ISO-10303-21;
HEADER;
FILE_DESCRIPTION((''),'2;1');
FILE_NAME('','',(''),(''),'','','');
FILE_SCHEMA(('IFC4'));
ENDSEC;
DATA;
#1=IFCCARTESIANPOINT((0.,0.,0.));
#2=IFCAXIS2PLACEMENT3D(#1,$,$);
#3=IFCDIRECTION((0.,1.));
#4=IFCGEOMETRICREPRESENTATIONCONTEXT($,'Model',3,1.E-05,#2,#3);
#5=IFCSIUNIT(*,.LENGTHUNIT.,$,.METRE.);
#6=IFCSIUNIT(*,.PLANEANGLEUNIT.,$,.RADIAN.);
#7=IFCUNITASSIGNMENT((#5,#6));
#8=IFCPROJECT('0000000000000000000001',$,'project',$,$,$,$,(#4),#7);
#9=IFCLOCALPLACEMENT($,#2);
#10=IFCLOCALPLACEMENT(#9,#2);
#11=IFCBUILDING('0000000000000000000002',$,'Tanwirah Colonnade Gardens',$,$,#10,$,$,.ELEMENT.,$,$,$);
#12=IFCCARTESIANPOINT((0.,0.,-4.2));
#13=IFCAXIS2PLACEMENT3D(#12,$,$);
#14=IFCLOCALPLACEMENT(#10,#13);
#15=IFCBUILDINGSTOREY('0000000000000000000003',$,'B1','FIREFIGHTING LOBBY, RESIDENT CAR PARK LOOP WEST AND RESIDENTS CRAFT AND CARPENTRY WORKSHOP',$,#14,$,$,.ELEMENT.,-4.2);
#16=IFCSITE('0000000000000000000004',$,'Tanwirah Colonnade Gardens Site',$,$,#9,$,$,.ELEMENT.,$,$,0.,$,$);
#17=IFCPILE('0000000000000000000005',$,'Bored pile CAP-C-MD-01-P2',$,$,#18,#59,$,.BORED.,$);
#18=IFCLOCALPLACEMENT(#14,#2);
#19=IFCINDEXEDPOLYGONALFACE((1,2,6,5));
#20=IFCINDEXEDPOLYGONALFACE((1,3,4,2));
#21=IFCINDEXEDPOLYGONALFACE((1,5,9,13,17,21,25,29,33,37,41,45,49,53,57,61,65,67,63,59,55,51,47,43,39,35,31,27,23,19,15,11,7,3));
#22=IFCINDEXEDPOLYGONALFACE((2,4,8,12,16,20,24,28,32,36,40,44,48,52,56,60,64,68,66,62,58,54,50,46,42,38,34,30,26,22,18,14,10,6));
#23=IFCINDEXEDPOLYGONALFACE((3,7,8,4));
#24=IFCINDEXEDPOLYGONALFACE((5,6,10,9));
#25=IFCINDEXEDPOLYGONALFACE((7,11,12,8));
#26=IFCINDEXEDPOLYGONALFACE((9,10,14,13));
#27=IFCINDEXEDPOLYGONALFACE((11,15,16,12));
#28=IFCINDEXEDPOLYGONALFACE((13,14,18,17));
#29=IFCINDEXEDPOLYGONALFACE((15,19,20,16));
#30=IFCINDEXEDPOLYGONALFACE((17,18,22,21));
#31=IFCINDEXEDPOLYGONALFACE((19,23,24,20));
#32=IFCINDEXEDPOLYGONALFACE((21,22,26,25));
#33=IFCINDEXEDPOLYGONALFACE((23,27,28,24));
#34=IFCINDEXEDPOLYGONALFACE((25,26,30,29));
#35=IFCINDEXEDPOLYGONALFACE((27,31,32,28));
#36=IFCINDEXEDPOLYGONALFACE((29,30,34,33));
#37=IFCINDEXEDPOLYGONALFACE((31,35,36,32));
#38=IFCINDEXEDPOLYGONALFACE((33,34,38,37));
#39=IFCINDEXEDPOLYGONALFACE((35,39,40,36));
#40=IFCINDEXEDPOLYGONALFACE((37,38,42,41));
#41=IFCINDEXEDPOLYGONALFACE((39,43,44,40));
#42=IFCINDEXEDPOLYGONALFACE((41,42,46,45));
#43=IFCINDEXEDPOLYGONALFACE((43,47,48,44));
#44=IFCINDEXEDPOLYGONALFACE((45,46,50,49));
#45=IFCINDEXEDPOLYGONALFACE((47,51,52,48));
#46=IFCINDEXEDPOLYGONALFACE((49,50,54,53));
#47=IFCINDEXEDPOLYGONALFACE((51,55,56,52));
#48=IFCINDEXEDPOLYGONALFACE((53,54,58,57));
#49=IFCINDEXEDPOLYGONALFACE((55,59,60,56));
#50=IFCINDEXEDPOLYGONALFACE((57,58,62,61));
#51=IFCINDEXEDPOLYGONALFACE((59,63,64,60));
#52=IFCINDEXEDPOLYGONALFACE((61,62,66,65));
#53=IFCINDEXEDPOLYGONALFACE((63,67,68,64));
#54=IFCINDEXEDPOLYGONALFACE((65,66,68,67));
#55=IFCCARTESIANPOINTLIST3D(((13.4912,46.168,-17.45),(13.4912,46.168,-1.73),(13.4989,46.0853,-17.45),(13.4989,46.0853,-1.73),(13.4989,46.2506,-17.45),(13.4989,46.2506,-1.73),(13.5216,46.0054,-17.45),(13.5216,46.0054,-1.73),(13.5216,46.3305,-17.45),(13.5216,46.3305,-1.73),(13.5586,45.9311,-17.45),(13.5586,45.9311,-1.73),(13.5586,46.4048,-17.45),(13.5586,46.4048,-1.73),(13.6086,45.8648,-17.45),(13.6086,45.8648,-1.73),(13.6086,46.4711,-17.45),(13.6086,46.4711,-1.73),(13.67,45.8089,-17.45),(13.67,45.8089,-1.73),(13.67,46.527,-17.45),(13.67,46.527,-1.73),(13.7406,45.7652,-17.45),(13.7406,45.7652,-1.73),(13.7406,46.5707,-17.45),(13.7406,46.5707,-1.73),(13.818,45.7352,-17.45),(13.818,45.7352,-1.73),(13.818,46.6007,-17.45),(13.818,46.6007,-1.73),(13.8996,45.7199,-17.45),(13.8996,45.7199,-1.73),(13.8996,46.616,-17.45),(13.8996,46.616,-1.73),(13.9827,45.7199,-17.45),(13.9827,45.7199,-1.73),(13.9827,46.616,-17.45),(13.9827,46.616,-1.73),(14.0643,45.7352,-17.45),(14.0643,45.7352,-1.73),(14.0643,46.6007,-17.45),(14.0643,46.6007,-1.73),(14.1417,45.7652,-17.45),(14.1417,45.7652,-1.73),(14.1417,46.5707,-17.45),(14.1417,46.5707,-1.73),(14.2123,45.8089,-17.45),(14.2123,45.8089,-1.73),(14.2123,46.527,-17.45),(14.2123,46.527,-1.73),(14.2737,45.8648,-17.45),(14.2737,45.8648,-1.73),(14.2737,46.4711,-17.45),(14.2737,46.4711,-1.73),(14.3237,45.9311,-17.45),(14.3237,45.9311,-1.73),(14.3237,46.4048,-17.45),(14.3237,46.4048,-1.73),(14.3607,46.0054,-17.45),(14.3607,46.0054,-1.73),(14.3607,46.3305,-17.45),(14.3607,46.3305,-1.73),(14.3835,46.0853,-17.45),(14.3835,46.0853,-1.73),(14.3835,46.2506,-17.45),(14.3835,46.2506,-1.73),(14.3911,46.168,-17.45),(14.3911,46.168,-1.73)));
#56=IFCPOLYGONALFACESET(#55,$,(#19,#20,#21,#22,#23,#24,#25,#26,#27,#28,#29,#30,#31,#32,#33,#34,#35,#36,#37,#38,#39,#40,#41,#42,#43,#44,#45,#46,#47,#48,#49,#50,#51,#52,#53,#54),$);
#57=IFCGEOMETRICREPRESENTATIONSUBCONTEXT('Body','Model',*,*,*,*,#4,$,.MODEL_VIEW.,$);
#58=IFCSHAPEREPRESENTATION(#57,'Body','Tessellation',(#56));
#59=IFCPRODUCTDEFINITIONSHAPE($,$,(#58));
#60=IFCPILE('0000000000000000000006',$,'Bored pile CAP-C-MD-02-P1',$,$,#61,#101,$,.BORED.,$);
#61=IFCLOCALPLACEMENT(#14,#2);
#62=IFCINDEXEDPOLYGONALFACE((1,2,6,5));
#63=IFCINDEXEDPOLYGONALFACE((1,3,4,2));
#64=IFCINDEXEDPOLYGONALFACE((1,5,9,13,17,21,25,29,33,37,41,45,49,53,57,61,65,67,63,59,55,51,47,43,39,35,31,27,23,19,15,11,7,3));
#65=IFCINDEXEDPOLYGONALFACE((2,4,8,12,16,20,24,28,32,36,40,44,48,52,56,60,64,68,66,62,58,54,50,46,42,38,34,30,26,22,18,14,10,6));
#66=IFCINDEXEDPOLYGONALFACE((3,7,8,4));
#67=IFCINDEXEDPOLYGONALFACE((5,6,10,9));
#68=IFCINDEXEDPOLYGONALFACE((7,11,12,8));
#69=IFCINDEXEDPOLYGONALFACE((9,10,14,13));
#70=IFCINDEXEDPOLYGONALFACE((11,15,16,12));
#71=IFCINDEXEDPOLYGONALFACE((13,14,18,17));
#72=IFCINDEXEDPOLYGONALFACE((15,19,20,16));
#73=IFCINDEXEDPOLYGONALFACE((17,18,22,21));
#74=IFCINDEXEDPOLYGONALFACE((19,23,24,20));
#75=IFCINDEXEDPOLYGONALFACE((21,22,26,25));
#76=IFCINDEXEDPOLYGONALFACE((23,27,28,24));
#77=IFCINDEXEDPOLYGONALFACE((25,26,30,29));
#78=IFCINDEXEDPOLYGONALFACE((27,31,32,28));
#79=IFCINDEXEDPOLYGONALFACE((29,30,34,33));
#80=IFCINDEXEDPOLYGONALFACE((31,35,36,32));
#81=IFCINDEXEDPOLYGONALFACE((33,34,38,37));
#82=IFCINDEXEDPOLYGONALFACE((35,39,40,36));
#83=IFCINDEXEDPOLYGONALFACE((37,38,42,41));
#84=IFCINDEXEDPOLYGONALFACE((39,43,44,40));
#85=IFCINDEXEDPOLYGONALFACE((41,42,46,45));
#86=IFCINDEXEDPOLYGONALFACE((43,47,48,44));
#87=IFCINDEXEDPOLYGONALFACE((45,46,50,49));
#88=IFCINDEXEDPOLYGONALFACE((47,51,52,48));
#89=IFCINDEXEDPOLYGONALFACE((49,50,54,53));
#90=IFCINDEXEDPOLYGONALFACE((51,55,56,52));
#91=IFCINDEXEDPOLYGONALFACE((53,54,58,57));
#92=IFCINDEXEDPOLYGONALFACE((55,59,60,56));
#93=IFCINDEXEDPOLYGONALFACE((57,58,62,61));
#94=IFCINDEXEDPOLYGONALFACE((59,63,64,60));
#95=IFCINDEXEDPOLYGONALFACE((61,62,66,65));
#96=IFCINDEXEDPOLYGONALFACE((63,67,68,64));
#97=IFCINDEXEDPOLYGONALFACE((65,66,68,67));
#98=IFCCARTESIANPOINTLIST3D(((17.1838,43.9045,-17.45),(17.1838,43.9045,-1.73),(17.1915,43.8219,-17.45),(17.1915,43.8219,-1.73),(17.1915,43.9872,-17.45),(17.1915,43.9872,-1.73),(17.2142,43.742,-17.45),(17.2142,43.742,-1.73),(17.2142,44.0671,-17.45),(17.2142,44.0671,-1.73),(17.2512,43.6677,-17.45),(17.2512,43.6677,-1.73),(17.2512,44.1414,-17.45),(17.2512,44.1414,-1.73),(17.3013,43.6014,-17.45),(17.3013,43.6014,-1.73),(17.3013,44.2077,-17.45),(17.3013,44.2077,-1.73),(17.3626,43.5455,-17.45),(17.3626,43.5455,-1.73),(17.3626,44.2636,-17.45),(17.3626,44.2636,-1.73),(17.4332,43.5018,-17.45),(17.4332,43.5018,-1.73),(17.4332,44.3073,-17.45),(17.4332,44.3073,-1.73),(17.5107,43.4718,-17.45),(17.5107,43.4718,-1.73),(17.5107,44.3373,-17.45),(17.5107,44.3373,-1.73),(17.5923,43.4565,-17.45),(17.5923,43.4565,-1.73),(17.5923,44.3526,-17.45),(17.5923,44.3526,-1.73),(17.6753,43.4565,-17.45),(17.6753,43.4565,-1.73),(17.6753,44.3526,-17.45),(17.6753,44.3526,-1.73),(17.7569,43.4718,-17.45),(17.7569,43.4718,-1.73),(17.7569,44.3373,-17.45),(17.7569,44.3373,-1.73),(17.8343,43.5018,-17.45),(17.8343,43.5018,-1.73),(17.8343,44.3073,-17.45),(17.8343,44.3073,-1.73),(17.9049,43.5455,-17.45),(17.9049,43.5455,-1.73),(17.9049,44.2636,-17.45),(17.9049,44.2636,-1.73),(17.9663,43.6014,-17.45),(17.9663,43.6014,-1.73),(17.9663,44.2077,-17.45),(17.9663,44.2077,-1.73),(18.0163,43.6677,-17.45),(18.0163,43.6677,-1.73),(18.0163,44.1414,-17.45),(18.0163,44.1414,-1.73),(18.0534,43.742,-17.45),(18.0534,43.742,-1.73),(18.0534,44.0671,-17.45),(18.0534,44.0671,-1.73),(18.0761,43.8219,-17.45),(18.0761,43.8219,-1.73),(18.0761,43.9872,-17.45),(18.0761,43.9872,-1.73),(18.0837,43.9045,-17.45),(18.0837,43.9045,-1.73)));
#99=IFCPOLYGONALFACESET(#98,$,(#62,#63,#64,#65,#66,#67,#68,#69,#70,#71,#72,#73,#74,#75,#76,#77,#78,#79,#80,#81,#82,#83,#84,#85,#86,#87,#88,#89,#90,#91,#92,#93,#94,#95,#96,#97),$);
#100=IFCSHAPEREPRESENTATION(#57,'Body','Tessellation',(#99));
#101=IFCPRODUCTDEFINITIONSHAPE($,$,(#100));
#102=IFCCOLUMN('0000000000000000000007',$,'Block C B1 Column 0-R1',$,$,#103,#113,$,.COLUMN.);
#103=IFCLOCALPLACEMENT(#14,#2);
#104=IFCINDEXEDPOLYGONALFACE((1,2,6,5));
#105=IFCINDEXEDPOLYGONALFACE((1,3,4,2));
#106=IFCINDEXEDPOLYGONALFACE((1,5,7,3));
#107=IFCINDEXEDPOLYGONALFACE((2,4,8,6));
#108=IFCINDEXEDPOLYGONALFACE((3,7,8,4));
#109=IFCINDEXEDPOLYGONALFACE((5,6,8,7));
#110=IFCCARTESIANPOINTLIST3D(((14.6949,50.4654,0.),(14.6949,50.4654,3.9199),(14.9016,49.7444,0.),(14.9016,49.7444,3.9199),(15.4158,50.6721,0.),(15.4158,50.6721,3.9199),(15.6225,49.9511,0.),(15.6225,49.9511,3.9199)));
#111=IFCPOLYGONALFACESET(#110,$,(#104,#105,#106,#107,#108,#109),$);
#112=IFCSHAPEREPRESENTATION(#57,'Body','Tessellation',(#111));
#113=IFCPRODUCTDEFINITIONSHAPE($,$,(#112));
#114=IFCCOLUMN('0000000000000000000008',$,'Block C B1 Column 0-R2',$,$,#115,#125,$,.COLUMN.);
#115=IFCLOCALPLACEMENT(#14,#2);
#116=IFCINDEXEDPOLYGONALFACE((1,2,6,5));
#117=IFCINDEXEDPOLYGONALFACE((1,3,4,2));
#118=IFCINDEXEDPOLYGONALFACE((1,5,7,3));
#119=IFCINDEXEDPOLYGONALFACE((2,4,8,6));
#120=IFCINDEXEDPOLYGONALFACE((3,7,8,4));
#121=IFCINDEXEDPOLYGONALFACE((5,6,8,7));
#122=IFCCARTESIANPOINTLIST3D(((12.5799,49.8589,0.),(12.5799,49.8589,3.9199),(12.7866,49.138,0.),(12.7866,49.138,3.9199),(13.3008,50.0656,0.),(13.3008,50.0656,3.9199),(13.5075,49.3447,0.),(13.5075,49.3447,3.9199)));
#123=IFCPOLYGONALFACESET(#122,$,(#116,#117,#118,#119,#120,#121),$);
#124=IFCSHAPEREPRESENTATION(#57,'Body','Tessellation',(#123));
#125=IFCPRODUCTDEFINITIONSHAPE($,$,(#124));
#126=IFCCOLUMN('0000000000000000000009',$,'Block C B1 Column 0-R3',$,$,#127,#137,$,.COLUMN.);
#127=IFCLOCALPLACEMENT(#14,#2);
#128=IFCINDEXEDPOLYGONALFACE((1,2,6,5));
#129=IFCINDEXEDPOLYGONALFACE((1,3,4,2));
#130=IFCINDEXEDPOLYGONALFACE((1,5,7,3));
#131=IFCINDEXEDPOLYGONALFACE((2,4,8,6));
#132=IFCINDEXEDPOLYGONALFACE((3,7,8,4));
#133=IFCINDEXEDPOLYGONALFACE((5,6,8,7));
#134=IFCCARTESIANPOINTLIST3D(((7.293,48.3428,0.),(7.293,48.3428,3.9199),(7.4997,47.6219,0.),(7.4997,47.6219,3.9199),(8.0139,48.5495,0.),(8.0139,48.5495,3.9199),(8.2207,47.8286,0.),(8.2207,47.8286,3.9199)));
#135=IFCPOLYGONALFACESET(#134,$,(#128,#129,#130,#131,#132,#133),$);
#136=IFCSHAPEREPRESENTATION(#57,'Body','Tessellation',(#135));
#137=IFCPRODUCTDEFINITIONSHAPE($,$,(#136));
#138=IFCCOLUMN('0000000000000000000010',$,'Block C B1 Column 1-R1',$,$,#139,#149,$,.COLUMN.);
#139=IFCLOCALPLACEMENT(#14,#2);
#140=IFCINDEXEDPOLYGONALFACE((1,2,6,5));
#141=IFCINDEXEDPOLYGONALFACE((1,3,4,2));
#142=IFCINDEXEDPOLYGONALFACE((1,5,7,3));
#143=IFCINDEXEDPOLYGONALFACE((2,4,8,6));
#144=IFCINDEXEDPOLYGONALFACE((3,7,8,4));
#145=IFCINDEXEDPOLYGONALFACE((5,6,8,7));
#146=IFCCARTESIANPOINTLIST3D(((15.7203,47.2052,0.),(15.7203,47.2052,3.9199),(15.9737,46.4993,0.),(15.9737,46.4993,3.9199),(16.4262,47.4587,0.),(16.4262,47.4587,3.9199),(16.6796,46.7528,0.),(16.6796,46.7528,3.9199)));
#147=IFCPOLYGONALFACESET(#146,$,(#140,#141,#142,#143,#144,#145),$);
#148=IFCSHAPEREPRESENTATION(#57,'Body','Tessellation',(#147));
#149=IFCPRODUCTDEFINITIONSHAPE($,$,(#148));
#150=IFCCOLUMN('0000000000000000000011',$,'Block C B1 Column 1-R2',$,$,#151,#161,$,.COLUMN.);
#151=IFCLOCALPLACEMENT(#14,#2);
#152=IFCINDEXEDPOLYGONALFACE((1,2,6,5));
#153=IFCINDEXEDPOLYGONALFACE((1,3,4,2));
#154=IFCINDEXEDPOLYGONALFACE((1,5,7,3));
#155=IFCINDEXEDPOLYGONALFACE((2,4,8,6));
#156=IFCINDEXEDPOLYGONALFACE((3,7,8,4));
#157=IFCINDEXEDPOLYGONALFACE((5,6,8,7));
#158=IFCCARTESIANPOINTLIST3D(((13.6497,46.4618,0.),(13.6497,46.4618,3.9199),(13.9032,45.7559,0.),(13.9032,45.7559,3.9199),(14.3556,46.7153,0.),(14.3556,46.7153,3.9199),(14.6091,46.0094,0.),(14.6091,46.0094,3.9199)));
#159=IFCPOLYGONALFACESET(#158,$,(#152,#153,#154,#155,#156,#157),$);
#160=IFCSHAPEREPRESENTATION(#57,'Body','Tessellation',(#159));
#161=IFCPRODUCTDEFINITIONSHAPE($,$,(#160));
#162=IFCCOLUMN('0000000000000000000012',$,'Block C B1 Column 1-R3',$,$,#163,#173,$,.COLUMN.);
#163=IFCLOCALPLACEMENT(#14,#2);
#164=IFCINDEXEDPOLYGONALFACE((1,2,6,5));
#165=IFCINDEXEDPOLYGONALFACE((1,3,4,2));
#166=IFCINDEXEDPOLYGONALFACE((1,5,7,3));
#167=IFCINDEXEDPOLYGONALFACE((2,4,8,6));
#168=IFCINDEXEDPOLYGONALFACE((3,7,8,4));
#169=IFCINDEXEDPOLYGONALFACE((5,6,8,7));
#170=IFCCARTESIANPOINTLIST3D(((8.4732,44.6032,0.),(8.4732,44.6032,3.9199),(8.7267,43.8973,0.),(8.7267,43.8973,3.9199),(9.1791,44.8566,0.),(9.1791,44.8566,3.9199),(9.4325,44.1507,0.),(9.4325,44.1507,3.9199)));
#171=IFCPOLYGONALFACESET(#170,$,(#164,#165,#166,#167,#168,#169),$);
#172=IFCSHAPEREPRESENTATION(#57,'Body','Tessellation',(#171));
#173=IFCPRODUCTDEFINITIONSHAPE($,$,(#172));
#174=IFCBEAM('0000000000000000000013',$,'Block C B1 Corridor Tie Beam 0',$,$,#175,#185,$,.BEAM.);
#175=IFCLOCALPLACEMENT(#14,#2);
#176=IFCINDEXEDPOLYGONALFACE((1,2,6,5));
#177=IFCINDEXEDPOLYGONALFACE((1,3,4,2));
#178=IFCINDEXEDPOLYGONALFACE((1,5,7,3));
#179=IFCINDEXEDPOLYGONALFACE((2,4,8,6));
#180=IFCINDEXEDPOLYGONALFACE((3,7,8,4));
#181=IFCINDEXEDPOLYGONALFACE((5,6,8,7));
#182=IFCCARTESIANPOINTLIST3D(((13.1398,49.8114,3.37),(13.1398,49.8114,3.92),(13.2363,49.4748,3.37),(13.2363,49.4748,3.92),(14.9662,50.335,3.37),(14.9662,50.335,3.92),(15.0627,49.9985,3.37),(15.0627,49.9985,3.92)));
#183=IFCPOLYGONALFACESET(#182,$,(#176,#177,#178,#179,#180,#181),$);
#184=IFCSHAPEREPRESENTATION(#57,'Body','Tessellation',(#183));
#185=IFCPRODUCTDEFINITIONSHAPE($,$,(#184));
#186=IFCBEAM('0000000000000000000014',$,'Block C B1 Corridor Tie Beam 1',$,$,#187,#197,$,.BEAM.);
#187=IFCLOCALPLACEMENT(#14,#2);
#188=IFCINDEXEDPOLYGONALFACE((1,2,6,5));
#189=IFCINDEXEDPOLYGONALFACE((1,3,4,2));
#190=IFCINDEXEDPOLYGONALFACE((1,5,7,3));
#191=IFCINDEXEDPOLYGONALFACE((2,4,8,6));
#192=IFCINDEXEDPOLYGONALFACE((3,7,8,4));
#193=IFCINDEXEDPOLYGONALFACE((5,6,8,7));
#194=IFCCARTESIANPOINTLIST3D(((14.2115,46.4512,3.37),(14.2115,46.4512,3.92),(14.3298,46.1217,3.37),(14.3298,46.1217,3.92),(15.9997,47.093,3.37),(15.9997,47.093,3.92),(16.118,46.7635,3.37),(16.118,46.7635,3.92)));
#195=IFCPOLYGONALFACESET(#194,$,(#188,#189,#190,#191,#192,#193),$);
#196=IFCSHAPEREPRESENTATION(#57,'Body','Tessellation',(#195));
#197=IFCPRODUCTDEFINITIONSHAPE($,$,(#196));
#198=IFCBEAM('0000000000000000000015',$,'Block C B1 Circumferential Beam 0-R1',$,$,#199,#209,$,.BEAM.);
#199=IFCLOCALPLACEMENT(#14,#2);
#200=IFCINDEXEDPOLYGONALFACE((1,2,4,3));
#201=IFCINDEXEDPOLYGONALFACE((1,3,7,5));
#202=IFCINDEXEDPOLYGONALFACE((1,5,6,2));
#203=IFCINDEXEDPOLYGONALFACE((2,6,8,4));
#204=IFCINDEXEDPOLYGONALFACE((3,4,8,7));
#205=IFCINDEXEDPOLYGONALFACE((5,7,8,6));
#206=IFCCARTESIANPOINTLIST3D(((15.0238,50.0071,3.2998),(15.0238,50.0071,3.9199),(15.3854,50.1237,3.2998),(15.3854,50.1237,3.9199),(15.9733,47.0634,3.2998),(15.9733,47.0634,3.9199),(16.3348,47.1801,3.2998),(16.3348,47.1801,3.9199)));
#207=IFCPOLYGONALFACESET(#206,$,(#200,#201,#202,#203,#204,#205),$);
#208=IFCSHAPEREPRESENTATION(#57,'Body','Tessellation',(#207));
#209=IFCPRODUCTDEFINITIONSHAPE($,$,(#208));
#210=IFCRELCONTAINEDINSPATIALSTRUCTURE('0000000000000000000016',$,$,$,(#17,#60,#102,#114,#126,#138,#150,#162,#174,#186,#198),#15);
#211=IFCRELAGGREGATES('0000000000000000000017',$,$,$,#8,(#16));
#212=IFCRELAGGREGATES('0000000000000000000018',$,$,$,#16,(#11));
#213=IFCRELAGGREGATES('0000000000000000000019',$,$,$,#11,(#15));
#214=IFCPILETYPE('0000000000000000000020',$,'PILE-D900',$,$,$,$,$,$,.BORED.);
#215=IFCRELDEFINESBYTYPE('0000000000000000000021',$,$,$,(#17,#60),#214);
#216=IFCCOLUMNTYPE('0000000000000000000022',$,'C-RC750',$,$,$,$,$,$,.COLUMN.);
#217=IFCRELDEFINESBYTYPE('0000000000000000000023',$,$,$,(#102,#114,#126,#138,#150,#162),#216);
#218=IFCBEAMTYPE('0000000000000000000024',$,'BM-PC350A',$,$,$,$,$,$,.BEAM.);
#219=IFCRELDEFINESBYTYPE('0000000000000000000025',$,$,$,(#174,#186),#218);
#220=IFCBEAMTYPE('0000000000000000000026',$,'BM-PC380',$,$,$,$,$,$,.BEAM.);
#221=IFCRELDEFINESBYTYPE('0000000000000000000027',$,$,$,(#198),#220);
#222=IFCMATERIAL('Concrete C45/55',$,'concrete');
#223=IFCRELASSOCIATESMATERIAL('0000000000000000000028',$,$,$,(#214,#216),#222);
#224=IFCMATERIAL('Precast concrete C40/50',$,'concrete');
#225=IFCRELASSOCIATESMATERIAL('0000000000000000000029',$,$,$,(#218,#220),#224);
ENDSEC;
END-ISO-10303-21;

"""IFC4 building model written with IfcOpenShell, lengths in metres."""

from ifc_helpers import new_model, si_unit, direction, frame, origin, origin_2d, place, context, subcontext, project, spatial, rectangle, circle, extrude, material, material_profile, profile_set, type_object, element, save


model = new_model("IFC4")

# Units and contexts
model_context = context("Model", 3, precision=1e-05, world=origin(), true_north=direction((0.0, 1.0)))
body_context = subcontext(model_context, "Body", "Model", "MODEL_VIEW")
ifc_project = project(units=[si_unit("LENGTHUNIT", "METRE"), si_unit("PLANEANGLEUNIT", "RADIAN")], contexts=[model_context])

# Site, building, storey
site_placement = place(None, origin())
site = spatial("IfcSite", under=ifc_project, at=site_placement, Name="Tanwirah Colonnade Gardens Site", CompositionType="ELEMENT", RefElevation=0.0)
building_placement = place(site_placement, origin())
building = spatial("IfcBuilding", under=site, at=building_placement, Name="Tanwirah Colonnade Gardens", CompositionType="ELEMENT")
storey_placement = place(building_placement, frame((0.0, 0.0, -4.2)))
storey = spatial("IfcBuildingStorey", under=building, at=storey_placement, Name="B1", Description="FIREFIGHTING LOBBY, RESIDENT CAR PARK LOOP WEST AND RESIDENTS CRAFT AND CARPENTRY WORKSHOP", CompositionType="ELEMENT", Elevation=-4.2)

# Shared definitions
ifc_material_1 = material(Name="Concrete C45/55", Category="concrete")

# Piles
ifc_material_profile_1 = material_profile(ifc_material_1, circle(Radius=0.45, at=origin_2d()), Name="PILE D900")
ifc_profile_set_1 = profile_set([ifc_material_profile_1], Name="Concrete C45/55")
pile_type_1 = type_object("IfcPileType", Name="PILE-D900", PredefinedType="BORED", material=ifc_profile_set_1)
for number, where, z_axis, x_axis, name in (
    (1, (13.9412, 46.168, -1.73), (0.0, 0.0, -1.0), (1.0, 0.0, 0.0), "Bored pile CAP-C-MD-01-P2"),
    (2, (17.6338, 43.9045, -1.73), (0.0, 0.0, -1.0), (1.0, 0.0, 0.0), "Bored pile CAP-C-MD-02-P1"),
):
    element("IfcPile", number, at=place(storey_placement, frame(where, z_axis=z_axis, x_axis=x_axis)), inside=storey, type_object=pile_type_1, Name=name, PredefinedType="BORED", context=body_context, shape_type="SweptSolid", body=[
        extrude(circle(Radius=0.45, at=origin_2d()), origin(), (0.0, 0.0, 1.0), 15.72),
    ])

# Columns
ifc_material_profile_2 = material_profile(ifc_material_1, rectangle(XDim=0.75, YDim=0.75, at=origin_2d()), Name="RC-COL 750x750")
ifc_profile_set_2 = profile_set([ifc_material_profile_2], Name="Concrete C45/55")
column_type = type_object("IfcColumnType", Name="C-RC750", PredefinedType="COLUMN", material=ifc_profile_set_2)
for number, where, z_axis, x_axis, name in (
    (3, (15.1587, 50.2083, 0.0), (0.0, 0.0, 1.0), (-0.961262, -0.275637, 0.0), "Block C B1 Column 0-R1"),
    (4, (13.0437, 49.6018, 0.0), (0.0, 0.0, 1.0), (-0.961262, -0.275637, 0.0), "Block C B1 Column 0-R2"),
    (5, (7.7568, 48.0857, 0.0), (0.0, 0.0, 1.0), (-0.961262, -0.275637, 0.0), "Block C B1 Column 0-R3"),
    (6, (16.2, 46.979, 0.0), (0.0, 0.0, 1.0), (-0.941176, -0.337917, 0.0), "Block C B1 Column 1-R1"),
    (7, (14.1294, 46.2356, 0.0), (0.0, 0.0, 1.0), (-0.941176, -0.337917, 0.0), "Block C B1 Column 1-R2"),
    (8, (8.9529, 44.377, 0.0), (0.0, 0.0, 1.0), (-0.941176, -0.337917, 0.0), "Block C B1 Column 1-R3"),
):
    element("IfcColumn", number, at=place(storey_placement, frame(where, z_axis=z_axis, x_axis=x_axis)), inside=storey, type_object=column_type, Name=name, PredefinedType="COLUMN", context=body_context, shape_type="SweptSolid", body=[
        extrude(rectangle(XDim=0.75, YDim=0.75, at=origin_2d()), origin(), (0.0, 0.0, 1.0), 3.9199),
    ])

# Beams
ifc_material_2 = material(Name="Precast concrete C40/50", Category="concrete")
ifc_material_profile_3 = material_profile(ifc_material_2, rectangle(XDim=0.3501, YDim=0.55, at=origin_2d()), Name="PC-BM 350x550")
ifc_profile_set_3 = profile_set([ifc_material_profile_3], Name="Precast concrete C40/50")
beam_type_1 = type_object("IfcBeamType", Name="BM-PC350A", PredefinedType="BEAM", material=ifc_profile_set_3)
for number, where, z_axis, x_axis, name in (
    (9, (15.0144, 50.1667, 3.645), (-0.961267, -0.27562, 0.0), (0.27562, -0.961267, 0.0), "Block C B1 Corridor Tie Beam 0"),
    (10, (16.0588, 46.9282, 3.645), (-0.941215, -0.337809, 0.0), (0.337809, -0.941215, 0.0), "Block C B1 Corridor Tie Beam 1"),
):
    element("IfcBeam", number, at=place(storey_placement, frame(where, z_axis=z_axis, x_axis=x_axis)), inside=storey, type_object=beam_type_1, Name=name, PredefinedType="BEAM", context=body_context, shape_type="SweptSolid", body=[
        extrude(rectangle(XDim=0.3501, YDim=0.55, at=origin_2d()), origin(), (0.0, 0.0, 1.0), 1.8999),
    ])
ifc_material_profile_4 = material_profile(ifc_material_2, rectangle(XDim=0.3799, YDim=0.6201, at=origin_2d()), Name="PC-BM 380x620")
ifc_profile_set_4 = profile_set([ifc_material_profile_4], Name="Precast concrete C40/50")
beam_type_2 = type_object("IfcBeamType", Name="BM-PC380", PredefinedType="BEAM", material=ifc_profile_set_4)
beam_1_placement = place(storey_placement, frame((15.2046, 50.0654, 3.6099), z_axis=(0.306977, -0.951717, 0.0), x_axis=(0.951717, 0.306977, 0.0)))
element("IfcBeam", 11, at=beam_1_placement, inside=storey, type_object=beam_type_2, Name="Block C B1 Circumferential Beam 0-R1", PredefinedType="BEAM", context=body_context, shape_type="SweptSolid", body=[
    extrude(rectangle(XDim=0.3799, YDim=0.6201, at=origin_2d()), origin(), (0.0, 0.0, 1.0), 3.093),
])

save(model, "model.ifc")
